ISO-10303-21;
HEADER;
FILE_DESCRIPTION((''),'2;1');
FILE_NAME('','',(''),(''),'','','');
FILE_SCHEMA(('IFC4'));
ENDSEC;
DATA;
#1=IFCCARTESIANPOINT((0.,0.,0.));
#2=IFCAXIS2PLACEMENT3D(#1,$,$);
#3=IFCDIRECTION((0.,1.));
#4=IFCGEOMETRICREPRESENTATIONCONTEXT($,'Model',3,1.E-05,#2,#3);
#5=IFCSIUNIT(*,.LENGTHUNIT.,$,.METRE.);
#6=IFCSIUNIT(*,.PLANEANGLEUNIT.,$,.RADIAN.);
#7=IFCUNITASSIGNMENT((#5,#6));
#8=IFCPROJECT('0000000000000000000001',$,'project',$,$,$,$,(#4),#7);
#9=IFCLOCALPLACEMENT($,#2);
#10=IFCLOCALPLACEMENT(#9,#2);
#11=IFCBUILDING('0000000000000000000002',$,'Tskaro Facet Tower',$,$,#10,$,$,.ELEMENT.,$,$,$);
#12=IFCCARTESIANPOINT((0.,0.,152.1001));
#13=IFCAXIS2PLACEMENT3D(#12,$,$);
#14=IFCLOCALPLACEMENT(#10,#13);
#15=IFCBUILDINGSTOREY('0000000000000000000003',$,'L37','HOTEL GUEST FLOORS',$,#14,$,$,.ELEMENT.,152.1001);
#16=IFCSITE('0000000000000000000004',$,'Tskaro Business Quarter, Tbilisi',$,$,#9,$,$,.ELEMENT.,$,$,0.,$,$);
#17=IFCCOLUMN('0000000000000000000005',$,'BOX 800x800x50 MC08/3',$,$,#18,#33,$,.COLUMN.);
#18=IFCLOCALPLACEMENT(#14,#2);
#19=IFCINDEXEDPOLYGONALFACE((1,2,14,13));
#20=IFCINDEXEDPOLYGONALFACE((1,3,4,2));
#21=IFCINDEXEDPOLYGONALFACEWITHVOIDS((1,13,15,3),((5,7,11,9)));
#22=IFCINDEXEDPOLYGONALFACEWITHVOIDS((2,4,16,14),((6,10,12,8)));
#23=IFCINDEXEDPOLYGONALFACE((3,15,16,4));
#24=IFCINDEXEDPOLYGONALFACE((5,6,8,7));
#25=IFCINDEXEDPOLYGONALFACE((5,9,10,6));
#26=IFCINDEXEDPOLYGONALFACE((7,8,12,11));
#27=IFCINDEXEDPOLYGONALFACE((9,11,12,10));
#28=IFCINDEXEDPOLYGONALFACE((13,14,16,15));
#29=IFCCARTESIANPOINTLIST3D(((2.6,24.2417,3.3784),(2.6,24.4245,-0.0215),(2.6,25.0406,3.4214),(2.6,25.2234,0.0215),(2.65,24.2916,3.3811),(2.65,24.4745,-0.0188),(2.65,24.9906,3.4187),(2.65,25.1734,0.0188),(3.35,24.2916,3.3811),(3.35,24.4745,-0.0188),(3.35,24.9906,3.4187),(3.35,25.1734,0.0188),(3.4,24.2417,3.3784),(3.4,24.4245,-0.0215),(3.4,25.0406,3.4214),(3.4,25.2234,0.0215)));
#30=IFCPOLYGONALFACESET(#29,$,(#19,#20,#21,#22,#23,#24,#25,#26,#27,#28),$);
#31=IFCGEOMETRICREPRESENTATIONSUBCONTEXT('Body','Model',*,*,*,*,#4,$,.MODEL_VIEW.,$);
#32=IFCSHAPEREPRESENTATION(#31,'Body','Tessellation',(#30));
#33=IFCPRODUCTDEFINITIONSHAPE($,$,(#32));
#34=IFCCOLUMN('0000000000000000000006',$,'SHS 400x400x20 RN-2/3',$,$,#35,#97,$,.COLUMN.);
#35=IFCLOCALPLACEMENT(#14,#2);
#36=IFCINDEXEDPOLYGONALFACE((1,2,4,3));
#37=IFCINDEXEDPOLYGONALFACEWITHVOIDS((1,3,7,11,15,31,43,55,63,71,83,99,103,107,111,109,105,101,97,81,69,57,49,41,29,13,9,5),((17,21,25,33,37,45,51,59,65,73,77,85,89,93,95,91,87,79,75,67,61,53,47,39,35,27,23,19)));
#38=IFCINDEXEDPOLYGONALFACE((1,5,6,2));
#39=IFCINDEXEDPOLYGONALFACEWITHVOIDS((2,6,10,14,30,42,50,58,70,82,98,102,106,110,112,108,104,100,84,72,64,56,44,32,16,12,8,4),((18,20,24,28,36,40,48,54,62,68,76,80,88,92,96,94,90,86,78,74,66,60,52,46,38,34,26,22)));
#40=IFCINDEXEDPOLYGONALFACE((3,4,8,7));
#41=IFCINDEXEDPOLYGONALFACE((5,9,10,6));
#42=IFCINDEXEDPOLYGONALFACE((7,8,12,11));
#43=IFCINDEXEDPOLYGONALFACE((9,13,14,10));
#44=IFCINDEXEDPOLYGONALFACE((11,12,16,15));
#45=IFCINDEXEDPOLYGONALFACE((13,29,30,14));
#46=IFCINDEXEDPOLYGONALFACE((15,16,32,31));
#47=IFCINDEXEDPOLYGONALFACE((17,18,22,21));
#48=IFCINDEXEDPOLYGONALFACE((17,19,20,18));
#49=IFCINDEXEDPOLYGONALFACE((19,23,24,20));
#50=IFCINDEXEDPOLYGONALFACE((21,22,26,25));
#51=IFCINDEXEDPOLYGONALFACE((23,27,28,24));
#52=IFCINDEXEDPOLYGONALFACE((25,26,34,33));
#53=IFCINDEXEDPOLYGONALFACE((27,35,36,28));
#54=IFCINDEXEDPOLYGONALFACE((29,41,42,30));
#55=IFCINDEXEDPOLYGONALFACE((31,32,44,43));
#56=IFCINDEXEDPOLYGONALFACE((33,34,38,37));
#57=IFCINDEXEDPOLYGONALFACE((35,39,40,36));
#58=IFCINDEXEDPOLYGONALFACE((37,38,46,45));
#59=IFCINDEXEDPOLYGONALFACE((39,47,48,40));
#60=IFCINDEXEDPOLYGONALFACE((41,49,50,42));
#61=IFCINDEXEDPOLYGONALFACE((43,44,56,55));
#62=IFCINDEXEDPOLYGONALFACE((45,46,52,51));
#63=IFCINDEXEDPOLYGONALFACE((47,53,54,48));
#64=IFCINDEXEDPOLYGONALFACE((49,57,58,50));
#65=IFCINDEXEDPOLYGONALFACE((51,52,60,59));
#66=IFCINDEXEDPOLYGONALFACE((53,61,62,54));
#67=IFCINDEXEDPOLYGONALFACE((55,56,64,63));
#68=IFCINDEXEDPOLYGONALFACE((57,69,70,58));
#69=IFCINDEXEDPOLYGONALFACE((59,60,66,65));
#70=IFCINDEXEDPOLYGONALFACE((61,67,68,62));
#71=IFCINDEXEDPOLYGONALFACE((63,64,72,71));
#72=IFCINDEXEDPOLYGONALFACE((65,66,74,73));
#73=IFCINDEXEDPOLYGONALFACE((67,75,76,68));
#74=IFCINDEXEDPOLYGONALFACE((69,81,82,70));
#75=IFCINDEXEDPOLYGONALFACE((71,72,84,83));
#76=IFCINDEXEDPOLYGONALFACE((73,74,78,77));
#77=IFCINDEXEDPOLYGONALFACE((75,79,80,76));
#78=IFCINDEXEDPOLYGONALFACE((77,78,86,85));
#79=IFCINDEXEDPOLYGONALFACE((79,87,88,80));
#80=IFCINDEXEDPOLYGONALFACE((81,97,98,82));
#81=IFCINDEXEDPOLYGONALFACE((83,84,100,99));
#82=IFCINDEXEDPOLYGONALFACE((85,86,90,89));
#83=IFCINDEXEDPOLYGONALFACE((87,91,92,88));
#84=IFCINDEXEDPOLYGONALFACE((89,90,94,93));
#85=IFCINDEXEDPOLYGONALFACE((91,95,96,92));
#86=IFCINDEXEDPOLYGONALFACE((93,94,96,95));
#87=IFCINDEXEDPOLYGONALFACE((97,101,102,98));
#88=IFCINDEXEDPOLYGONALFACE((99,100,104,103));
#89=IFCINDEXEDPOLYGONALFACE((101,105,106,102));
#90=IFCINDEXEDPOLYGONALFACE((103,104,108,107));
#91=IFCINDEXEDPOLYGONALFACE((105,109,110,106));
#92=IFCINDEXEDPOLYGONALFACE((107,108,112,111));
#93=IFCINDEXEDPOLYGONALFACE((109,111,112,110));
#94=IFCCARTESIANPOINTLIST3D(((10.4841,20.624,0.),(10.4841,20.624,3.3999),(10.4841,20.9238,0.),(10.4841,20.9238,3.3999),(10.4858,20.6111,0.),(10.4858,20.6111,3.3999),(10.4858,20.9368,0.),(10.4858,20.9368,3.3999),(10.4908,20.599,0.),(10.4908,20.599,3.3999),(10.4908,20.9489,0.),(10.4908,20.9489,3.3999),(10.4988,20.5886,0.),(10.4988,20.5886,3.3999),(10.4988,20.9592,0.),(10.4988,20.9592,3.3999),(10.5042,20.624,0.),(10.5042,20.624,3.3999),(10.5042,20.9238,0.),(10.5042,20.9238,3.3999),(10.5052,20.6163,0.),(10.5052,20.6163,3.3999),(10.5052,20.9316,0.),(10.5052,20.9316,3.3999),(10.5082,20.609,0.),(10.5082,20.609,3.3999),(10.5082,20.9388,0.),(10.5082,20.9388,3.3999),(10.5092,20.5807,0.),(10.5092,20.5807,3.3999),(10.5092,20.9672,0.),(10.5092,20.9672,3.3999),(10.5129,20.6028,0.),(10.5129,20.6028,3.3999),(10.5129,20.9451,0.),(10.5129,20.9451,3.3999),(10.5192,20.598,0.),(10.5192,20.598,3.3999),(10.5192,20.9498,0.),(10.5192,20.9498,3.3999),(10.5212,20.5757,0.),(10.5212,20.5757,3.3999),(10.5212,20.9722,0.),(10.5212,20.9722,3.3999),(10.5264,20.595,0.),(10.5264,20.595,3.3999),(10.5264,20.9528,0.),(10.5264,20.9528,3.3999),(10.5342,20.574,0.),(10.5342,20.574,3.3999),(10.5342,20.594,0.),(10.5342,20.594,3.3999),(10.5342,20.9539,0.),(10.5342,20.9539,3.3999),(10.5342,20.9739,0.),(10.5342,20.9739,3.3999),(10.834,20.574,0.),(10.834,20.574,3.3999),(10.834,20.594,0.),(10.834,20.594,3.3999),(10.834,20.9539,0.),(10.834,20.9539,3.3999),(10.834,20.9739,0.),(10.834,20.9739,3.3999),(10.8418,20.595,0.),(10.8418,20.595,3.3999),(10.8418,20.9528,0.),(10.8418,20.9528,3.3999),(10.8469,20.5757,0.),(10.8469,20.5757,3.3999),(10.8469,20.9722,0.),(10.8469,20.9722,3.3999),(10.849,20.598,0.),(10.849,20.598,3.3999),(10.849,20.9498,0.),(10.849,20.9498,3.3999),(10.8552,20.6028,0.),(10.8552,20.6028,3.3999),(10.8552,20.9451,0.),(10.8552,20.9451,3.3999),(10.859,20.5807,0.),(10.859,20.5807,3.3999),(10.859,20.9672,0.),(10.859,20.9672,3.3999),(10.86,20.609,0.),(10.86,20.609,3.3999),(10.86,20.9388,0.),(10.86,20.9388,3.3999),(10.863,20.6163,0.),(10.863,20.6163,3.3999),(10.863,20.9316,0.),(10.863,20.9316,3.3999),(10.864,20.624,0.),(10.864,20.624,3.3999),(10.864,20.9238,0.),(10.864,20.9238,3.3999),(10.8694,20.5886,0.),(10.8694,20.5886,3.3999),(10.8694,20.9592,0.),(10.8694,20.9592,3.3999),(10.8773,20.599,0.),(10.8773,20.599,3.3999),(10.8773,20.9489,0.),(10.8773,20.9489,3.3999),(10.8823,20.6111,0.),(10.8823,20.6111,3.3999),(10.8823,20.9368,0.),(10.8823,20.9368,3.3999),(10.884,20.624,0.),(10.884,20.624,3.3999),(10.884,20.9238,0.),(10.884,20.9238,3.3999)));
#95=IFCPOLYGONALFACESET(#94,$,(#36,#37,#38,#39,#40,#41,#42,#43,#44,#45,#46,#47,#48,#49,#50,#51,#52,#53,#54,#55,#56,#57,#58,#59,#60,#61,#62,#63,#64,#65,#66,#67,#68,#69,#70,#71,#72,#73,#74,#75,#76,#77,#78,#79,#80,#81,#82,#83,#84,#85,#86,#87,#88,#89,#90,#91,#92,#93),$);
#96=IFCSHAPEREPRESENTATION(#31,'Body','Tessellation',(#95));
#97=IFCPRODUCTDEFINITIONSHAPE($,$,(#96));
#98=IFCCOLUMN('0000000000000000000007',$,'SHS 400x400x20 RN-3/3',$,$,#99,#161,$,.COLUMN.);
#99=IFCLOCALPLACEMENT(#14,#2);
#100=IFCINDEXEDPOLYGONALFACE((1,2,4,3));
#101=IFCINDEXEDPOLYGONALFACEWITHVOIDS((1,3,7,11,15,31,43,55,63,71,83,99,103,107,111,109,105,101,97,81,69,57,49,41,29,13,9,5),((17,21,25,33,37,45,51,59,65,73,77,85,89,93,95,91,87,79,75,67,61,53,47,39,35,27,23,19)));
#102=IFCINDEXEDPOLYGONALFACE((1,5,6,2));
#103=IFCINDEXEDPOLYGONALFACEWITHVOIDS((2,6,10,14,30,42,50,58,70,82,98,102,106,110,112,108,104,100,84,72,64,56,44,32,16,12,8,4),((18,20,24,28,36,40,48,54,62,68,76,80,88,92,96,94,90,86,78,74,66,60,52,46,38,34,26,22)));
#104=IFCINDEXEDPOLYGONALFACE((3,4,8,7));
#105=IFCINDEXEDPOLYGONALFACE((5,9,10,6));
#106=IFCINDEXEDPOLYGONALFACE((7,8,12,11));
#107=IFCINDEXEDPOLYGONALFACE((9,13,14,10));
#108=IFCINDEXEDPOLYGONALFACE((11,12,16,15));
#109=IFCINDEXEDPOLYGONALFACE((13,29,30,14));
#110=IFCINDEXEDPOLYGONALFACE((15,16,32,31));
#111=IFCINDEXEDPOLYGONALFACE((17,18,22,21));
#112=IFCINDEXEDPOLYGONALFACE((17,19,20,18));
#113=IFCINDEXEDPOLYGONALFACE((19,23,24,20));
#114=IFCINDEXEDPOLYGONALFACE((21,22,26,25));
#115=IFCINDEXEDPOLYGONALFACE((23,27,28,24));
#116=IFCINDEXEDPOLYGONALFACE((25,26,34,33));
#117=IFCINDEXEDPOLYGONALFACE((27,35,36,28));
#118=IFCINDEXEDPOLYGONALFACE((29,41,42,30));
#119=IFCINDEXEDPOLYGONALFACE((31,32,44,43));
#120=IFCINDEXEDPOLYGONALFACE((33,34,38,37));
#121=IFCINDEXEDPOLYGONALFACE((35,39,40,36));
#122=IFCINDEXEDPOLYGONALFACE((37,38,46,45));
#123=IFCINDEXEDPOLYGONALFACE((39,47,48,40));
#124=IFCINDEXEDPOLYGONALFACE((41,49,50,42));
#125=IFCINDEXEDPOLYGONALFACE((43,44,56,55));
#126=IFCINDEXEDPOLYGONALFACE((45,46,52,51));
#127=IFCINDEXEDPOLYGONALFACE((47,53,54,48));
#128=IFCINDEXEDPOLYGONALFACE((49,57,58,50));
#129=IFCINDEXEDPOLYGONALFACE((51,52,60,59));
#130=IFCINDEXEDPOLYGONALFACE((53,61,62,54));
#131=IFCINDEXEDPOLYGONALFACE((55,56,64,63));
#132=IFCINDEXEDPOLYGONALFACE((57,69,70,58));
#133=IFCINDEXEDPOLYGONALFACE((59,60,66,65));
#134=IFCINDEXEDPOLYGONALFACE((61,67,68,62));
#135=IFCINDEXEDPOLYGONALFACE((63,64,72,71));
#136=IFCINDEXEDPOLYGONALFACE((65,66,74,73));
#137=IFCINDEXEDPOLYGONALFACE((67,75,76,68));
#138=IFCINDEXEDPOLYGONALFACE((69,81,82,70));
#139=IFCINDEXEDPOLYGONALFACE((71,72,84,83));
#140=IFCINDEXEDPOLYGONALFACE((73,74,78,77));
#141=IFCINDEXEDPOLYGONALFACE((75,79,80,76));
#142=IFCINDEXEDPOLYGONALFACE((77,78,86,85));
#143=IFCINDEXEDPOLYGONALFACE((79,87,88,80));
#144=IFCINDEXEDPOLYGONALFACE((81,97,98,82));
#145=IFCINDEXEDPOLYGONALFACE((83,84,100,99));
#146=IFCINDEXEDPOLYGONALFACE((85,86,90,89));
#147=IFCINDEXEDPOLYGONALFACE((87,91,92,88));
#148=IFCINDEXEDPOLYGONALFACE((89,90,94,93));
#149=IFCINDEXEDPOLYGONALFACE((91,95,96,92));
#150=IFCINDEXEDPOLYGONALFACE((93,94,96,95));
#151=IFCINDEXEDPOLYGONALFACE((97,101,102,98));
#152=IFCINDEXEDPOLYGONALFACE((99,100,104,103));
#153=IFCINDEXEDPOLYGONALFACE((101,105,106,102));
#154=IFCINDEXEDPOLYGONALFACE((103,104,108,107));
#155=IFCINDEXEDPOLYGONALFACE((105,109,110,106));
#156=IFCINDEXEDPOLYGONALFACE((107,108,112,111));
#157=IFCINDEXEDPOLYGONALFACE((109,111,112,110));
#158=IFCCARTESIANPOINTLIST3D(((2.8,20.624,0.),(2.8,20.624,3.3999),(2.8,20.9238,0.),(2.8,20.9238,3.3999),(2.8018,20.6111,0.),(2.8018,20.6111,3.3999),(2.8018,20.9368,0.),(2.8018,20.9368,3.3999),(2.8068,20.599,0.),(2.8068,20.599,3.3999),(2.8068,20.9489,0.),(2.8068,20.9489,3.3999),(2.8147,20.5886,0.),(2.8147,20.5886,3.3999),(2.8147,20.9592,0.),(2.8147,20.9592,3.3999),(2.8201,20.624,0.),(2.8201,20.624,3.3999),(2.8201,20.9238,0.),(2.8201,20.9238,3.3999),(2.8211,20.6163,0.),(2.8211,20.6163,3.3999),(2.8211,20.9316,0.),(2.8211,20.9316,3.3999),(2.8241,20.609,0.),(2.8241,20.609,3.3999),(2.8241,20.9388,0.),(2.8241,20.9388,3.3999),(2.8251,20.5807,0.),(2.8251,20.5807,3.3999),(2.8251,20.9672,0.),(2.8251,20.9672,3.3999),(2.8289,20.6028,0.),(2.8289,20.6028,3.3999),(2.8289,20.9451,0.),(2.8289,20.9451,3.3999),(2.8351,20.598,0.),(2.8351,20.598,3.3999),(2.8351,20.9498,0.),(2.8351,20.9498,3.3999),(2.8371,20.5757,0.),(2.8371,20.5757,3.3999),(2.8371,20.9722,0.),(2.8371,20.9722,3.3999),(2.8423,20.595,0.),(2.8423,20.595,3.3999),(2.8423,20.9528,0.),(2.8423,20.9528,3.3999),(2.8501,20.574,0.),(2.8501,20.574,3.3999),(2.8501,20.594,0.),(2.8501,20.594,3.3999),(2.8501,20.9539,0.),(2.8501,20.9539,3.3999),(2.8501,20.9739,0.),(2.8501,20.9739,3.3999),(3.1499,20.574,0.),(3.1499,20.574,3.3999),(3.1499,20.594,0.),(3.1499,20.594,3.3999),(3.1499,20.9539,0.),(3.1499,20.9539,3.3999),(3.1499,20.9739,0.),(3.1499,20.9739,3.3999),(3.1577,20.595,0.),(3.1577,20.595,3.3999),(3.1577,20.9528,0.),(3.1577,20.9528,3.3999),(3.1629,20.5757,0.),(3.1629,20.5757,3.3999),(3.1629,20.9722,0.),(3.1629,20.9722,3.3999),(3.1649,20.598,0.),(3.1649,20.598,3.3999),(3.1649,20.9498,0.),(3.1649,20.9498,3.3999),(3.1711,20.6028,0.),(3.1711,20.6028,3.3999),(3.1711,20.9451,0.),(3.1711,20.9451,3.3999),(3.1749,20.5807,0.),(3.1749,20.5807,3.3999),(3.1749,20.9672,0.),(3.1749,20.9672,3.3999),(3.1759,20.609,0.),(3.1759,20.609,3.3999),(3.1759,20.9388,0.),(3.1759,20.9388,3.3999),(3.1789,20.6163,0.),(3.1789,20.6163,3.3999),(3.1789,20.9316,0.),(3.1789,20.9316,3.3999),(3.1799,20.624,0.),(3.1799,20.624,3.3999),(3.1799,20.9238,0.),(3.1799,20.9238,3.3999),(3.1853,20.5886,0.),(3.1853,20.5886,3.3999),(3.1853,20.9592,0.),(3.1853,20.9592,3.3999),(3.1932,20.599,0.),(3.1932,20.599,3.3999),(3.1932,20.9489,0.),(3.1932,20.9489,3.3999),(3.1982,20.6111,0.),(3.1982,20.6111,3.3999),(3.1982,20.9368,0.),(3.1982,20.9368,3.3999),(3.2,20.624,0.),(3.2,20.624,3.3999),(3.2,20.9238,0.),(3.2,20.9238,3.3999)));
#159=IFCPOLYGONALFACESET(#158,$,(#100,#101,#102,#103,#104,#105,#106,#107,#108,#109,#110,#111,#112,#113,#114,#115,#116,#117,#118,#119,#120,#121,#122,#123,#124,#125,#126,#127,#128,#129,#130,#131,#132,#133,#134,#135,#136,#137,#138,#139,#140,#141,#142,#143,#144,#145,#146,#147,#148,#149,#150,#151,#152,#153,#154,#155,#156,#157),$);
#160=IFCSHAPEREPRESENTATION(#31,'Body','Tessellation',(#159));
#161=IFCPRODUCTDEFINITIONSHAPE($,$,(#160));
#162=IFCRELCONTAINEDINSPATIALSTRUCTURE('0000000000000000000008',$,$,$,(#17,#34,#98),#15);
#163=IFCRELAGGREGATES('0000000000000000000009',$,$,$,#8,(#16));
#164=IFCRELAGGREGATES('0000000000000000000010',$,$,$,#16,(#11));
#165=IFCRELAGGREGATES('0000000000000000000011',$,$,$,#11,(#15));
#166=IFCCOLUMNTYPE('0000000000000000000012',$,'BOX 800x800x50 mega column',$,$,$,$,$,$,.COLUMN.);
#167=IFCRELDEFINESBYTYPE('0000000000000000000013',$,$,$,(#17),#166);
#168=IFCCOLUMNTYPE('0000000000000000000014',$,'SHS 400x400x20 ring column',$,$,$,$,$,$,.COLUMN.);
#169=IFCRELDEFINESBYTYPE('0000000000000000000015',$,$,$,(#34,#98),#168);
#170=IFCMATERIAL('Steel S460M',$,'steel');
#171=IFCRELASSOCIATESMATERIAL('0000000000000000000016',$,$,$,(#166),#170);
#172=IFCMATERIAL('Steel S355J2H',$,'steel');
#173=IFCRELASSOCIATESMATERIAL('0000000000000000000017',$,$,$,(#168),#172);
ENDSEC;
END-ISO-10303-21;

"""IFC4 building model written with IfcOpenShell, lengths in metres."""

from ifc_helpers import new_model, si_unit, direction, frame, origin, origin_2d, place, context, subcontext, project, spatial, hollow_rectangle, extrude, material, material_profile, profile_set, type_object, element, save


model = new_model("IFC4")

# Units and contexts
model_context = context("Model", 3, precision=1e-05, world=origin(), true_north=direction((0.0, 1.0)))
body_context = subcontext(model_context, "Body", "Model", "MODEL_VIEW")
ifc_project = project(units=[si_unit("LENGTHUNIT", "METRE"), si_unit("PLANEANGLEUNIT", "RADIAN")], contexts=[model_context])

# Site, building, storey
site_placement = place(None, origin())
site = spatial("IfcSite", under=ifc_project, at=site_placement, Name="Tskaro Business Quarter, Tbilisi", CompositionType="ELEMENT", RefElevation=0.0)
building_placement = place(site_placement, origin())
building = spatial("IfcBuilding", under=site, at=building_placement, Name="Tskaro Facet Tower", CompositionType="ELEMENT")
storey_placement = place(building_placement, frame((0.0, 0.0, 152.1001)))
storey = spatial("IfcBuildingStorey", under=building, at=storey_placement, Name="L37", Description="HOTEL GUEST FLOORS", CompositionType="ELEMENT", Elevation=152.1001)

# Columns
ifc_material_1 = material(Name="Steel S460M", Category="steel")
ifc_material_profile_1 = material_profile(ifc_material_1, hollow_rectangle(XDim=0.8, YDim=0.8, WallThickness=0.05, at=origin_2d()), Name="BOX 800x800x50")
ifc_profile_set_1 = profile_set([ifc_material_profile_1], Name="Steel S460M")
column_type_1 = type_object("IfcColumnType", Name="BOX 800x800x50 mega column", PredefinedType="COLUMN", material=ifc_profile_set_1)
column_placement = place(storey_placement, frame((3.0, 24.824, 0.0), z_axis=(0.0, -0.053707, 0.998557), x_axis=(1.0, 0.0, 0.0)))
element("IfcColumn", 1, at=column_placement, inside=storey, type_object=column_type_1, Name="BOX 800x800x50 MC08/3", PredefinedType="COLUMN", context=body_context, shape_type="SweptSolid", body=[
    extrude(hollow_rectangle(XDim=0.8, YDim=0.8, WallThickness=0.05, at=origin_2d()), origin(), (0.0, 0.0, 1.0), 3.4048),
])
ifc_material_2 = material(Name="Steel S355J2H", Category="steel")
ifc_material_profile_2 = material_profile(ifc_material_2, hollow_rectangle(XDim=0.3999, YDim=0.3999, WallThickness=0.02, InnerFilletRadius=0.03, OuterFilletRadius=0.05, at=origin_2d()), Name="SHS 400x400x20")
ifc_profile_set_2 = profile_set([ifc_material_profile_2], Name="Steel S355J2H")
column_type_2 = type_object("IfcColumnType", Name="SHS 400x400x20 ring column", PredefinedType="COLUMN", material=ifc_profile_set_2)
for number, where, z_axis, x_axis, name in (
    (2, (10.6841, 20.7739, 0.0), (0.0, 0.0, 1.0), (1.0, 0.0, 0.0), "SHS 400x400x20 RN-2/3"),
    (3, (3.0, 20.7739, 0.0), (0.0, 0.0, 1.0), (1.0, 0.0, 0.0), "SHS 400x400x20 RN-3/3"),
):
    element("IfcColumn", number, at=place(storey_placement, frame(where, z_axis=z_axis, x_axis=x_axis)), inside=storey, type_object=column_type_2, Name=name, PredefinedType="COLUMN", context=body_context, shape_type="SweptSolid", body=[
        extrude(hollow_rectangle(XDim=0.3999, YDim=0.3999, WallThickness=0.02, InnerFilletRadius=0.03, OuterFilletRadius=0.05, at=origin_2d()), origin(), (0.0, 0.0, 1.0), 3.3999),
    ])

save(model, "model.ifc")
